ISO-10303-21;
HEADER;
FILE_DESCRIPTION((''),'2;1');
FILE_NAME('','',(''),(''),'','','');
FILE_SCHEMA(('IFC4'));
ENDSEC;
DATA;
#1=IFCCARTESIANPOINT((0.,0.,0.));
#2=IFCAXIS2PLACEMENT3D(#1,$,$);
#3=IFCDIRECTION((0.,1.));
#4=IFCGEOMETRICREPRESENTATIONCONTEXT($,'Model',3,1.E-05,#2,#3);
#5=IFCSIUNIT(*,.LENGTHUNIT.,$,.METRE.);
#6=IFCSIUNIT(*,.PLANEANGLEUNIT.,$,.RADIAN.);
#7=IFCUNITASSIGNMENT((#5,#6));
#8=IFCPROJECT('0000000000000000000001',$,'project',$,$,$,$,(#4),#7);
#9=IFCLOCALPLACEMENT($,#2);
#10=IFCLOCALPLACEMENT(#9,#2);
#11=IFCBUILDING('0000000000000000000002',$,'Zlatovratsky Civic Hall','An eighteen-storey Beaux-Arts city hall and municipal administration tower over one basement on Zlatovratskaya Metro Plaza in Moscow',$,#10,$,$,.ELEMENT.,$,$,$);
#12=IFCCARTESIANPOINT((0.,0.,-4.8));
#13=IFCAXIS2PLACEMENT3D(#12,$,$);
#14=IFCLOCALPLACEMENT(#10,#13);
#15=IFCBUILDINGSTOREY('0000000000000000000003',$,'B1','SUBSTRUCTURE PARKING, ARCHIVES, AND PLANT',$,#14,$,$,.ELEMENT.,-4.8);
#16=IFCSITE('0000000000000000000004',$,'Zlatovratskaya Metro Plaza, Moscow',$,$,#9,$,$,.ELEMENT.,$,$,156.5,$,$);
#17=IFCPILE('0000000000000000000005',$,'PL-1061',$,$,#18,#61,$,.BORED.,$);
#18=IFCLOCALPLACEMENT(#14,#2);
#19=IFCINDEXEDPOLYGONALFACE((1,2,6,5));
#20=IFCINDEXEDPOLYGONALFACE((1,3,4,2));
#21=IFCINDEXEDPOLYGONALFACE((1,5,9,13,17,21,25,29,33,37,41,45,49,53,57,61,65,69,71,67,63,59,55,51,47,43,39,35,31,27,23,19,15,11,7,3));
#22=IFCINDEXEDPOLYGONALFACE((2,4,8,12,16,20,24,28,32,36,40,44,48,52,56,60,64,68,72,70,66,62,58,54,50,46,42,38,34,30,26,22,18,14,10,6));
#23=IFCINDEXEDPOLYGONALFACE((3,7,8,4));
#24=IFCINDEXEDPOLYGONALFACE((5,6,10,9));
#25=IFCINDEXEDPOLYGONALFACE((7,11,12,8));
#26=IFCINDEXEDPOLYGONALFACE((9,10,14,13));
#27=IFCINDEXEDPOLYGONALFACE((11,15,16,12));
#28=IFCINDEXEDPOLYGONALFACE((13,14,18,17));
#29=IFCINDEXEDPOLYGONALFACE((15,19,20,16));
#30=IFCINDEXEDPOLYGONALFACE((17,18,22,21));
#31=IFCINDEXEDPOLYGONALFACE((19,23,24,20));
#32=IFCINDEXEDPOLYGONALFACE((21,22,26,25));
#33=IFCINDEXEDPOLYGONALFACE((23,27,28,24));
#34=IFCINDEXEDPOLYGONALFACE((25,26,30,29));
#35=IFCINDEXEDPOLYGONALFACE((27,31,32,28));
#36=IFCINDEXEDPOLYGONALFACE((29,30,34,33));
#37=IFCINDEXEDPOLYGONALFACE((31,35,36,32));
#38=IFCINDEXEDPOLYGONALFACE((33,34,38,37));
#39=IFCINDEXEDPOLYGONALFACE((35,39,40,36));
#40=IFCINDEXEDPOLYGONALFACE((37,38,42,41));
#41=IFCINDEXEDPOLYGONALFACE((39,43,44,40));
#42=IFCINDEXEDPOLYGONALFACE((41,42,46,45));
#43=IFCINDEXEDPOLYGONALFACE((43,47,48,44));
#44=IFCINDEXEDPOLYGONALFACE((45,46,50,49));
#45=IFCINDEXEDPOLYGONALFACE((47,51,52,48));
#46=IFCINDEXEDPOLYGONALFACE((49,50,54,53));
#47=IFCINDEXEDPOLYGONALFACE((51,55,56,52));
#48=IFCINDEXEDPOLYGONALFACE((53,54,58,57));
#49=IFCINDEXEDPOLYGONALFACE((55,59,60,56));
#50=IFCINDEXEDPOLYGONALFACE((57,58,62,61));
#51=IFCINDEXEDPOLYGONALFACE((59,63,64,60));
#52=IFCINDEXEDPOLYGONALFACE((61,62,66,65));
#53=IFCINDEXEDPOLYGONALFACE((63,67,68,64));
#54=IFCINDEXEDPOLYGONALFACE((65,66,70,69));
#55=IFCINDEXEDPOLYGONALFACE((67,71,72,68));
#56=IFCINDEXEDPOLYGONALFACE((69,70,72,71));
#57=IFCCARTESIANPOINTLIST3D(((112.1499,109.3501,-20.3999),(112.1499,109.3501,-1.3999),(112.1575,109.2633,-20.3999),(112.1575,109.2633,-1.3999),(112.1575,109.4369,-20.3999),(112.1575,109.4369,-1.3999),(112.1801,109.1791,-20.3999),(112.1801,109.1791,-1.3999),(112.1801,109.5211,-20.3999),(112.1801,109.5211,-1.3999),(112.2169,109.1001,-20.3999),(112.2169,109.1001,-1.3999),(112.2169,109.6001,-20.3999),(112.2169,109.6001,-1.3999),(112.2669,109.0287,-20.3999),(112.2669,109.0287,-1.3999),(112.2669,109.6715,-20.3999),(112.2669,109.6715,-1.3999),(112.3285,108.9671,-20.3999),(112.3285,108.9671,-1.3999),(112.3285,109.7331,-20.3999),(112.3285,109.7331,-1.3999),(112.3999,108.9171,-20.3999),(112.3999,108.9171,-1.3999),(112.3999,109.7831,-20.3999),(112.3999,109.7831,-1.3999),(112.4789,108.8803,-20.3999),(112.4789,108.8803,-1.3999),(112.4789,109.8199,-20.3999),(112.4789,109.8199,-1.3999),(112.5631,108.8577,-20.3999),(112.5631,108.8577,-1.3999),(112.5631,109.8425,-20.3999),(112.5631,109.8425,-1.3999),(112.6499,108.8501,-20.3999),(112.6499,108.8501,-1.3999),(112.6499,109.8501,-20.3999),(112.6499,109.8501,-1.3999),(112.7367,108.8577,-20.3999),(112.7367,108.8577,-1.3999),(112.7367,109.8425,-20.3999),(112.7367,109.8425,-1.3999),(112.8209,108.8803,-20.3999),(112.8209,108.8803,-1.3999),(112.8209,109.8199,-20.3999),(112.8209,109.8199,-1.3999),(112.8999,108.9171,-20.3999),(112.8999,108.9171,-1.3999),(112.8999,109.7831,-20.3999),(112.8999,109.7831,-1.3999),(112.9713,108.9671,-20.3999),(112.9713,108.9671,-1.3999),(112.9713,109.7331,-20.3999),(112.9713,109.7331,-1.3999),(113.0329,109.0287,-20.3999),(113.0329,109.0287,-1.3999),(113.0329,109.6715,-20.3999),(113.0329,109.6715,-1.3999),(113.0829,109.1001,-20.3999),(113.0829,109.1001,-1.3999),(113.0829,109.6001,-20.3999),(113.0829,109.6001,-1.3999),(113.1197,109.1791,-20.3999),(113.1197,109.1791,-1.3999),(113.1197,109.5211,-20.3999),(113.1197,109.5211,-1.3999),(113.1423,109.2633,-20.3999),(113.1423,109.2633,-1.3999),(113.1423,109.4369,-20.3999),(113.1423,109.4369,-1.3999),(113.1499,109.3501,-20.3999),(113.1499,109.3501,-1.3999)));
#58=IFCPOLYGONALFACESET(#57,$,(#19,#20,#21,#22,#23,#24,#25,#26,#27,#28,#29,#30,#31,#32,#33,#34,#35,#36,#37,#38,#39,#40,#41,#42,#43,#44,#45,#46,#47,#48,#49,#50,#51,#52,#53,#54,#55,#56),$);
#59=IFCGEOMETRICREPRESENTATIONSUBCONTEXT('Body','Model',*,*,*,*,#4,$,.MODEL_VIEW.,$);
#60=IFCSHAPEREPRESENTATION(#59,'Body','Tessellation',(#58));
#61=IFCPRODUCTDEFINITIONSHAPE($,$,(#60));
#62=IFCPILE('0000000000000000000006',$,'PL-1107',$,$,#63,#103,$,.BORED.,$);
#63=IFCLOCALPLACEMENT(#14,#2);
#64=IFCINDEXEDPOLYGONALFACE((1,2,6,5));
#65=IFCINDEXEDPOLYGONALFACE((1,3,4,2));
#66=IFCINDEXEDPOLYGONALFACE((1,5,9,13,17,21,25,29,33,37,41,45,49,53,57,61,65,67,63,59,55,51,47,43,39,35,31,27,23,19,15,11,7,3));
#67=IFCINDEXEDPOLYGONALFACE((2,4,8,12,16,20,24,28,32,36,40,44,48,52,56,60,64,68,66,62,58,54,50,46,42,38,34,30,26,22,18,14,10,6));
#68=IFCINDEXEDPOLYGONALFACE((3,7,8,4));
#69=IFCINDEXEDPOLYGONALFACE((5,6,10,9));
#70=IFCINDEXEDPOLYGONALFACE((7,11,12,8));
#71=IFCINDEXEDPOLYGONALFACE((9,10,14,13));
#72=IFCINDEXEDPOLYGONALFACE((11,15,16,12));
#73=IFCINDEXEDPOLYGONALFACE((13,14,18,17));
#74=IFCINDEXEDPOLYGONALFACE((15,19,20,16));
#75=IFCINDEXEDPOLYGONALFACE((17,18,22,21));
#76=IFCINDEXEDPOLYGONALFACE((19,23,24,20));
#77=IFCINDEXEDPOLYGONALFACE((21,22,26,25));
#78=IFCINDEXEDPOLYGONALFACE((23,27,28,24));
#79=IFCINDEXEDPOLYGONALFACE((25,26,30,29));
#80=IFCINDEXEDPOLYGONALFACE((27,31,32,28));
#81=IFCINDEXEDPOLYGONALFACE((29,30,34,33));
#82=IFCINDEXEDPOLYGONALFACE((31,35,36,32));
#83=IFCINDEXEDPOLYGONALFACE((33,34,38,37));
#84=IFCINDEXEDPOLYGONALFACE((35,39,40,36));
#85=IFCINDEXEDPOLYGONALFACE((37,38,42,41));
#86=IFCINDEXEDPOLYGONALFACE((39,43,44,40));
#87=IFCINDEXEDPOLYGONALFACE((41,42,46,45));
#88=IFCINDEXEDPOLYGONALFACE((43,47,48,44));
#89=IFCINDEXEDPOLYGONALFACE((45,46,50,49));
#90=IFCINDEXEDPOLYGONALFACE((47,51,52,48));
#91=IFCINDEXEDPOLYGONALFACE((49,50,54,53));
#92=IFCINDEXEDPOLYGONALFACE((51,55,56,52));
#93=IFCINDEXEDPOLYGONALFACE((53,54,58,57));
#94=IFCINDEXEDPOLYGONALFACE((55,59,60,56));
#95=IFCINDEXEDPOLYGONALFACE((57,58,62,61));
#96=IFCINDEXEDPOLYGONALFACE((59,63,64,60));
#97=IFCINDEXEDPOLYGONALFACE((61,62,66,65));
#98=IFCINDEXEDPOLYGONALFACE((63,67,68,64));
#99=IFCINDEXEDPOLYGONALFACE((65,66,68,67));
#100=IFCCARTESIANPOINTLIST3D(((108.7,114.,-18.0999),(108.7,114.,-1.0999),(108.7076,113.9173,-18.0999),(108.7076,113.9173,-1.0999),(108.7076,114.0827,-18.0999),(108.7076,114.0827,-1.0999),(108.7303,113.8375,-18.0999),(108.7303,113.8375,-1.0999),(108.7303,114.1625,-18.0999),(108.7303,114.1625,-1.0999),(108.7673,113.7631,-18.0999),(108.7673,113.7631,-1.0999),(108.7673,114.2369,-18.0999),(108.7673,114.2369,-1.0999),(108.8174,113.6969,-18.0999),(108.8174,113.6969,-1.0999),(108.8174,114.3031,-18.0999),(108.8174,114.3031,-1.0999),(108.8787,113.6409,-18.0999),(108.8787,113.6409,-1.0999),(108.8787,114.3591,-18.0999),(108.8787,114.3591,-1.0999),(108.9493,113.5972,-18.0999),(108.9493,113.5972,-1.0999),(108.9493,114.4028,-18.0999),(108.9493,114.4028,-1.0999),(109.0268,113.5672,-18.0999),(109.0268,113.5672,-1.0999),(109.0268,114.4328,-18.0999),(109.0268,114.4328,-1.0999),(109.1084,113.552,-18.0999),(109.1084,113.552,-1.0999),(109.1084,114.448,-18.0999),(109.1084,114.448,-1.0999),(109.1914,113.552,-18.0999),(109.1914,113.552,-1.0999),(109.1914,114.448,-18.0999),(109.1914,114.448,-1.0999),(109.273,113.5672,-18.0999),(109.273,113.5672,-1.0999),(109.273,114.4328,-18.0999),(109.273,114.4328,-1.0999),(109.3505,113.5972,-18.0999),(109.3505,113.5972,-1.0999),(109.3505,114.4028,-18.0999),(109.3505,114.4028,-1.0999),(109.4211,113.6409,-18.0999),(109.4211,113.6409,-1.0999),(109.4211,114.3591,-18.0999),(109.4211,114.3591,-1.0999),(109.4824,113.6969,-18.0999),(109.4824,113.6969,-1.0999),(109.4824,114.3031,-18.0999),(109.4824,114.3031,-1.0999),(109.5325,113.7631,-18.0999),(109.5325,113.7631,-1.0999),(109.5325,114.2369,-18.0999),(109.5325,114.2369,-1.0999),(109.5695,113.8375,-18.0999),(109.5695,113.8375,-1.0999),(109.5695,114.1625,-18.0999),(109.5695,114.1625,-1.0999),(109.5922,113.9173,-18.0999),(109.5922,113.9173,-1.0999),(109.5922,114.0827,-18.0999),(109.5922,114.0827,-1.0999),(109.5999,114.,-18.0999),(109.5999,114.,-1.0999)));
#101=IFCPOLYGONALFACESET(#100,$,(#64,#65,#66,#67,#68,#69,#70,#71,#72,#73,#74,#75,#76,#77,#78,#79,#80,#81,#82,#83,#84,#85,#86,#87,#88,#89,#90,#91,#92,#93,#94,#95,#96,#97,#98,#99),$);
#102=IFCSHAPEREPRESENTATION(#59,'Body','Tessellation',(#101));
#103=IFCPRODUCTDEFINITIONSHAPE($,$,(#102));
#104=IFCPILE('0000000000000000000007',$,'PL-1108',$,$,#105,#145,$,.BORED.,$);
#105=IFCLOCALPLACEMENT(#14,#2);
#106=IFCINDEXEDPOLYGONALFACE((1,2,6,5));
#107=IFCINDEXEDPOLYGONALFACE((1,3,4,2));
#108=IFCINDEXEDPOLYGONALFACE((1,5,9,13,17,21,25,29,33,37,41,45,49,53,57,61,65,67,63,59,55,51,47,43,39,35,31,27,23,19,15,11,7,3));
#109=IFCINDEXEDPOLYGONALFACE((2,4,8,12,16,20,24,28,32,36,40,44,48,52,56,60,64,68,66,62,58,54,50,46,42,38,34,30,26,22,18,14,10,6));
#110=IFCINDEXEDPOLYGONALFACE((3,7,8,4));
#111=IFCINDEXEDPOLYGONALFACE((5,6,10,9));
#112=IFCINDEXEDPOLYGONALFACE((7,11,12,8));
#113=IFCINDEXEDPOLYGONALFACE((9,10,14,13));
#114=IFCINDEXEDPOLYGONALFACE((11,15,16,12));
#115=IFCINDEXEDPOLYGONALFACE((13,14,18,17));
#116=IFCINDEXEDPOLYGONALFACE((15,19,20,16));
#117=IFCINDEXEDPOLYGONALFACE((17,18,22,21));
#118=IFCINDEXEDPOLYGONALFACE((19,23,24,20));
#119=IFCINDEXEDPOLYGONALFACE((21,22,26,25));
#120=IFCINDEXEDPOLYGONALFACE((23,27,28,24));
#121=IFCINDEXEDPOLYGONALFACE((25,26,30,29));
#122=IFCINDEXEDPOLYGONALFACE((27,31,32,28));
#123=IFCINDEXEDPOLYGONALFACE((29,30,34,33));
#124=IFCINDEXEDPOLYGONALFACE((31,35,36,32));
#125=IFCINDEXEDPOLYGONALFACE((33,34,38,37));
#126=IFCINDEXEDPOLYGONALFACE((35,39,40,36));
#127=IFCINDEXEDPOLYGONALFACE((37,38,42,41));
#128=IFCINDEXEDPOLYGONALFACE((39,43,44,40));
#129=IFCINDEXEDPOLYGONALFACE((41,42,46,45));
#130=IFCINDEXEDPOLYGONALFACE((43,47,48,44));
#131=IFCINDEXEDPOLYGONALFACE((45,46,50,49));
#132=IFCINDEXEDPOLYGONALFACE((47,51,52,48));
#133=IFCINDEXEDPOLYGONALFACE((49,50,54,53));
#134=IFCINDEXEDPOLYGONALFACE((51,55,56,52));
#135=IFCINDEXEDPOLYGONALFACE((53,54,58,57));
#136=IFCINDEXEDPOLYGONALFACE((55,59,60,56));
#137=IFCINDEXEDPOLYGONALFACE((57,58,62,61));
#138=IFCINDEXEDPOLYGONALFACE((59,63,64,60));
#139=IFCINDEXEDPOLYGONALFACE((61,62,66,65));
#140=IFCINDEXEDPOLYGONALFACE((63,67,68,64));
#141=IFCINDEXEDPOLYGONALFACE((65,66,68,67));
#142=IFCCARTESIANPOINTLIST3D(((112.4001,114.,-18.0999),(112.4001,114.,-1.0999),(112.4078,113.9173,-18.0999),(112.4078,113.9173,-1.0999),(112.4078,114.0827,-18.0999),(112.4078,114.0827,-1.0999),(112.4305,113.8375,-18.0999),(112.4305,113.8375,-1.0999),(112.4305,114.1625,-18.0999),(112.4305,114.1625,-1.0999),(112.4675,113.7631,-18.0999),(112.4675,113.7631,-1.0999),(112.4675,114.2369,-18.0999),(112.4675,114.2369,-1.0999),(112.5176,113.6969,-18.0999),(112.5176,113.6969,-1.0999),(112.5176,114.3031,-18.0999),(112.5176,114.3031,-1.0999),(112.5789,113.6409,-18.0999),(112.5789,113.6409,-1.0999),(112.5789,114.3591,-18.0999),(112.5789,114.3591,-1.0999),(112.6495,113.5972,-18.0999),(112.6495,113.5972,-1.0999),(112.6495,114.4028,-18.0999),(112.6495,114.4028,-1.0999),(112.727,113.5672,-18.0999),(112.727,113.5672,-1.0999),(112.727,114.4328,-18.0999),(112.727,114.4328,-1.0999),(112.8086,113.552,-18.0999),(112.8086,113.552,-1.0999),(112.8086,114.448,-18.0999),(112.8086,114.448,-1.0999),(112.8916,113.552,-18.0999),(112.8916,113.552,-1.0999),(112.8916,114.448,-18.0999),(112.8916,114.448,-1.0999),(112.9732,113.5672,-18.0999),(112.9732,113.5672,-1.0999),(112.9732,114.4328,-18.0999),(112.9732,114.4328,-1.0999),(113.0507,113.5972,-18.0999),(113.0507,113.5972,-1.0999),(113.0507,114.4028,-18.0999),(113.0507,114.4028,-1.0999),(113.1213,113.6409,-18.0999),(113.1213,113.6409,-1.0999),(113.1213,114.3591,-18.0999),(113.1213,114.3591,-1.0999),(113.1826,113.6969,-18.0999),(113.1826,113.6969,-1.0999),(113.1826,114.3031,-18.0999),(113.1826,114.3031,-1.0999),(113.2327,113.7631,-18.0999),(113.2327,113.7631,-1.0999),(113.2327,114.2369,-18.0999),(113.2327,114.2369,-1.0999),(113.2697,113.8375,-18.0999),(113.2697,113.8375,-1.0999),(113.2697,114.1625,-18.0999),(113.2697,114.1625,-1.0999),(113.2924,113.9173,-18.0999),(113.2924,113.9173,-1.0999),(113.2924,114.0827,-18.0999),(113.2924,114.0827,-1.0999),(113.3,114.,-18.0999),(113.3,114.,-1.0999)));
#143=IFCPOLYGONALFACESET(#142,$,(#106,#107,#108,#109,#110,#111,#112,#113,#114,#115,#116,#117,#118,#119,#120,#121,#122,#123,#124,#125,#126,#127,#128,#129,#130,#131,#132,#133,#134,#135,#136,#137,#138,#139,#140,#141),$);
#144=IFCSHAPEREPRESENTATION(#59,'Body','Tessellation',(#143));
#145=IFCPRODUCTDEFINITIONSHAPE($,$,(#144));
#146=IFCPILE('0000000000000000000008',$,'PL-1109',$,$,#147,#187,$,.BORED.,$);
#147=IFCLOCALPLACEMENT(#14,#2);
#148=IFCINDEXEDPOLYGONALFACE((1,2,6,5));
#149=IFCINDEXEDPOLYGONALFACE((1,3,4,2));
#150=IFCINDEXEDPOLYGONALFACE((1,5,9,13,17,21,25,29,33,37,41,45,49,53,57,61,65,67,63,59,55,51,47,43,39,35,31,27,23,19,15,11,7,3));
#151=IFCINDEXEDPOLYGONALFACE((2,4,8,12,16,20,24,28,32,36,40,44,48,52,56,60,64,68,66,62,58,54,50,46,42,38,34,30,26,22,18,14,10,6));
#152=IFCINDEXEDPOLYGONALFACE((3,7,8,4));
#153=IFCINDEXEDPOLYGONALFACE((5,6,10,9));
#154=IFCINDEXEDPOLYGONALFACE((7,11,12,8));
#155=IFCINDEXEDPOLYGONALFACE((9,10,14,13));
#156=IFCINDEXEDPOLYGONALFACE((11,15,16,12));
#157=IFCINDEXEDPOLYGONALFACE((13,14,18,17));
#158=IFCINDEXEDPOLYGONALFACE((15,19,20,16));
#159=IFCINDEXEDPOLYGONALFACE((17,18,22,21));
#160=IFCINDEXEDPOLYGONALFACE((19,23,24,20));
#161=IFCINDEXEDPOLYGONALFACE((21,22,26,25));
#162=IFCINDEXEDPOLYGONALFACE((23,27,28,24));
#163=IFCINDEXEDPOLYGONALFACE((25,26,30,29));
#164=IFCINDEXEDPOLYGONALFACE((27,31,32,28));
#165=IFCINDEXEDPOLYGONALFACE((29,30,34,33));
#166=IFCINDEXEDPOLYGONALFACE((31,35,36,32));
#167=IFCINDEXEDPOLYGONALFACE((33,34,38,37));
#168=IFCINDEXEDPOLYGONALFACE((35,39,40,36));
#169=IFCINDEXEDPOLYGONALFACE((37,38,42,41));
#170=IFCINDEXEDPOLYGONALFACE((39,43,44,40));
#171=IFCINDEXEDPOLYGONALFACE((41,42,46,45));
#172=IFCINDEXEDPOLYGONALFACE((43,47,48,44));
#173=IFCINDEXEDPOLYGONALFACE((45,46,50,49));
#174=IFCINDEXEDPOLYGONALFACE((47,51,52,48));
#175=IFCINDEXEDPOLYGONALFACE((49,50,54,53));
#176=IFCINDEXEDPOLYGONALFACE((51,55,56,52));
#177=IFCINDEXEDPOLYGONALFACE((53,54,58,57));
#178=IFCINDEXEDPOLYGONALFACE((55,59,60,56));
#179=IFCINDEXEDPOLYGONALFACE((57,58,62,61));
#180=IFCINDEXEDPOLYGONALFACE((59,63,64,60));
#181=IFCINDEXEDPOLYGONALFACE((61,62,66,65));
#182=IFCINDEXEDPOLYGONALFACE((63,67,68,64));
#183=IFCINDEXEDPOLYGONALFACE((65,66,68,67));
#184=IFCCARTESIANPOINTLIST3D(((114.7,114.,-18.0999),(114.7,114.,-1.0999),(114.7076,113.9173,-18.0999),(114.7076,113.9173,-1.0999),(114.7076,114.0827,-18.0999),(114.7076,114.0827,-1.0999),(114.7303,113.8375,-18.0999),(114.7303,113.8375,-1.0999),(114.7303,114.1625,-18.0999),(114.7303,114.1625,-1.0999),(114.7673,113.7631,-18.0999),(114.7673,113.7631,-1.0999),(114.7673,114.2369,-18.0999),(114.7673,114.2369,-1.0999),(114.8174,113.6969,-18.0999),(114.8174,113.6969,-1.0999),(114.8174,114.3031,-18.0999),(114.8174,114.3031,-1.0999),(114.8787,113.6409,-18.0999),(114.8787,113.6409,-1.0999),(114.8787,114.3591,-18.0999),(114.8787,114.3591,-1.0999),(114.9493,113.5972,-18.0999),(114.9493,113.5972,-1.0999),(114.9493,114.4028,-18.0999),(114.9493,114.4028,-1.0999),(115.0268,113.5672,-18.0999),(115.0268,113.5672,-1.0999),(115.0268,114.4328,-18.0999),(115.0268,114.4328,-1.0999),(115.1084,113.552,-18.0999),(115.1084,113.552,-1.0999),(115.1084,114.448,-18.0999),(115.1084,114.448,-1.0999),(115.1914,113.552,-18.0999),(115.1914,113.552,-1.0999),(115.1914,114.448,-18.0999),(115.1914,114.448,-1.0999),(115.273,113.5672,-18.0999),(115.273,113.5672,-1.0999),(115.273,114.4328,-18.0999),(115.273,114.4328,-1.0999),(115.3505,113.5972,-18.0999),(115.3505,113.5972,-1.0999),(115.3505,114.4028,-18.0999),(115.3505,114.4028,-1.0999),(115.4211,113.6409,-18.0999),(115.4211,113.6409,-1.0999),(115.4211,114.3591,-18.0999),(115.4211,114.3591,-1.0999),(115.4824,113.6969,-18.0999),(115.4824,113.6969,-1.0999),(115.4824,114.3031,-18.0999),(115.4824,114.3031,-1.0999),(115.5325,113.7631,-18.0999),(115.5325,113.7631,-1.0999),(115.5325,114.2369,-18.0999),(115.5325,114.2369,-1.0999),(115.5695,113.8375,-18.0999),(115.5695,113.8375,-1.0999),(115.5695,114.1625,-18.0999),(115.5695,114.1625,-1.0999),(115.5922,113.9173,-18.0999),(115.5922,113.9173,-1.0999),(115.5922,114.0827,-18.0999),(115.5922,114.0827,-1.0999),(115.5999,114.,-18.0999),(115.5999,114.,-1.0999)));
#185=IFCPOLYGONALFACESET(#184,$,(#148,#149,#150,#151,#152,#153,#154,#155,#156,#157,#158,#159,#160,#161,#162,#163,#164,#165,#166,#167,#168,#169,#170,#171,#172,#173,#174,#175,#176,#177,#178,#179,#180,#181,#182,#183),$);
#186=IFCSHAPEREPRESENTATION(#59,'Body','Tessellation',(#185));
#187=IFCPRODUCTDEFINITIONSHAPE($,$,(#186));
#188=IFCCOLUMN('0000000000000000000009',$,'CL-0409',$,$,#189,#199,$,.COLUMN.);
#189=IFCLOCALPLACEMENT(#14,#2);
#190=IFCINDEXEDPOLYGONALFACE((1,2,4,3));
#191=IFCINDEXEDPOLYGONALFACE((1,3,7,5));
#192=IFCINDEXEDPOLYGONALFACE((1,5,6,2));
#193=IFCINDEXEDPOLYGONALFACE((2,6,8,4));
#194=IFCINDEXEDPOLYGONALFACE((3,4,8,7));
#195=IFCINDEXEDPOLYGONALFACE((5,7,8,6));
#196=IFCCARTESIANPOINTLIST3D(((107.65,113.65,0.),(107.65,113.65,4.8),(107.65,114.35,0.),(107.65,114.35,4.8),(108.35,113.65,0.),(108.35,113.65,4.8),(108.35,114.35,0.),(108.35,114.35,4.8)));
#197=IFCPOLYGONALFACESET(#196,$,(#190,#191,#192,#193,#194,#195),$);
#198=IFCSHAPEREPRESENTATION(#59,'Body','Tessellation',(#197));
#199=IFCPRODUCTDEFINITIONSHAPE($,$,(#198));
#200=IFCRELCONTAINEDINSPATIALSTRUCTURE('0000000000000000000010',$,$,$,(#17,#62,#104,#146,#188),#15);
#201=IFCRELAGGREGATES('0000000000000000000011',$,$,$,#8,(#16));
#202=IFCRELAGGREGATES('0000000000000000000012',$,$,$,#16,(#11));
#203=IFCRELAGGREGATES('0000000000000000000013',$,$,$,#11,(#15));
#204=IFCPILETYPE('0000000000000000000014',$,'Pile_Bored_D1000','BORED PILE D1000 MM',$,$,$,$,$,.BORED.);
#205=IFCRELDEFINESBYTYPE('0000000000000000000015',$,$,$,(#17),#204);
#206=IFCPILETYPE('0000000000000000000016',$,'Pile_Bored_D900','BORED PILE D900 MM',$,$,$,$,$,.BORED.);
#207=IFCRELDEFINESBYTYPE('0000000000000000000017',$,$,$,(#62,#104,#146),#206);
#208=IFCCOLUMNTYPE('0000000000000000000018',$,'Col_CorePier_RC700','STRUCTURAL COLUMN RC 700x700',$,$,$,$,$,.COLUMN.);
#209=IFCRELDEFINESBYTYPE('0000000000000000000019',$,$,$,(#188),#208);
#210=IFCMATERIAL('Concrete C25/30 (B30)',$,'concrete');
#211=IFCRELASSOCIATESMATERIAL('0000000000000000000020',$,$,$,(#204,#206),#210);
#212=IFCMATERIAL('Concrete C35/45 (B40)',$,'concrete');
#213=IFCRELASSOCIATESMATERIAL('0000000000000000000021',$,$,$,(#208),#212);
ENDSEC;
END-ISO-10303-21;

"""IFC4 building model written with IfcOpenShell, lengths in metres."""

from ifc_helpers import new_model, si_unit, direction, frame, origin, origin_2d, place, context, subcontext, project, spatial, rectangle, circle, extrude, material, material_profile, profile_set, type_object, element, save


model = new_model("IFC4")

# Units and contexts
model_context = context("Model", 3, precision=1e-05, world=origin(), true_north=direction((0.0, 1.0)))
body_context = subcontext(model_context, "Body", "Model", "MODEL_VIEW")
ifc_project = project(units=[si_unit("LENGTHUNIT", "METRE"), si_unit("PLANEANGLEUNIT", "RADIAN")], contexts=[model_context])

# Site, building, storey
site_placement = place(None, origin())
site = spatial("IfcSite", under=ifc_project, at=site_placement, Name="Zlatovratskaya Metro Plaza, Moscow", CompositionType="ELEMENT", RefElevation=156.5)
building_placement = place(site_placement, origin())
building = spatial("IfcBuilding", under=site, at=building_placement, Name="Zlatovratsky Civic Hall", Description="An eighteen-storey Beaux-Arts city hall and municipal administration tower over one basement on Zlatovratskaya Metro Plaza in Moscow", CompositionType="ELEMENT")
storey_placement = place(building_placement, frame((0.0, 0.0, -4.8)))
storey = spatial("IfcBuildingStorey", under=building, at=storey_placement, Name="B1", Description="SUBSTRUCTURE PARKING, ARCHIVES, AND PLANT", CompositionType="ELEMENT", Elevation=-4.8)

# Shared definitions
ifc_material_1 = material(Name="Concrete C25/30 (B30)", Category="concrete")

# Piles
ifc_material_profile_1 = material_profile(ifc_material_1, circle(Radius=0.5, at=origin_2d()), Name="PILE D1000")
ifc_profile_set_1 = profile_set([ifc_material_profile_1], Name="Concrete C25/30 (B30)")
pile_type_1 = type_object("IfcPileType", Name="Pile_Bored_D1000", Description="BORED PILE D1000 MM", PredefinedType="BORED", material=ifc_profile_set_1)
for number, where, z_axis, x_axis, name in (
    (1, (112.6499, 109.3501, -1.3999), (0.0, 0.0, -1.0), (1.0, 0.0, 0.0), "PL-1061"),
):
    element("IfcPile", number, at=place(storey_placement, frame(where, z_axis=z_axis, x_axis=x_axis)), inside=storey, type_object=pile_type_1, Name=name, PredefinedType="BORED", context=body_context, shape_type="SweptSolid", body=[
        extrude(circle(Radius=0.5, at=origin_2d()), origin(), (0.0, 0.0, 1.0), 19.0),
    ])
ifc_material_profile_2 = material_profile(ifc_material_1, circle(Radius=0.45, at=origin_2d()), Name="PILE D900")
ifc_profile_set_2 = profile_set([ifc_material_profile_2], Name="Concrete C25/30 (B30)")
pile_type_2 = type_object("IfcPileType", Name="Pile_Bored_D900", Description="BORED PILE D900 MM", PredefinedType="BORED", material=ifc_profile_set_2)
for number, where, z_axis, x_axis, name in (
    (2, (109.1499, 114.0, -1.0999), (0.0, 0.0, -1.0), (1.0, 0.0, 0.0), "PL-1107"),
    (3, (112.8501, 114.0, -1.0999), (0.0, 0.0, -1.0), (1.0, 0.0, 0.0), "PL-1108"),
    (4, (115.1499, 114.0, -1.0999), (0.0, 0.0, -1.0), (1.0, 0.0, 0.0), "PL-1109"),
):
    element("IfcPile", number, at=place(storey_placement, frame(where, z_axis=z_axis, x_axis=x_axis)), inside=storey, type_object=pile_type_2, Name=name, PredefinedType="BORED", context=body_context, shape_type="SweptSolid", body=[
        extrude(circle(Radius=0.45, at=origin_2d()), origin(), (0.0, 0.0, 1.0), 17.0),
    ])

# Column
ifc_material_2 = material(Name="Concrete C35/45 (B40)", Category="concrete")
ifc_material_profile_3 = material_profile(ifc_material_2, rectangle(XDim=0.7, YDim=0.7, at=origin_2d()), Name="RC 700x700")
ifc_profile_set_3 = profile_set([ifc_material_profile_3], Name="Concrete C35/45 (B40)")
column_type_1 = type_object("IfcColumnType", Name="Col_CorePier_RC700", Description="STRUCTURAL COLUMN RC 700x700", PredefinedType="COLUMN", material=ifc_profile_set_3)
for number, where, z_axis, x_axis, name in (
    (5, (108.0, 114.0, 0.0), (0.0, 0.0, 1.0), (1.0, 0.0, 0.0), "CL-0409"),
):
    element("IfcColumn", number, at=place(storey_placement, frame(where, z_axis=z_axis, x_axis=x_axis)), inside=storey, type_object=column_type_1, Name=name, PredefinedType="COLUMN", context=body_context, shape_type="SweptSolid", body=[
        extrude(rectangle(XDim=0.7, YDim=0.7, at=origin_2d()), origin(), (0.0, 0.0, 1.0), 4.8),
    ])

save(model, "model.ifc")
